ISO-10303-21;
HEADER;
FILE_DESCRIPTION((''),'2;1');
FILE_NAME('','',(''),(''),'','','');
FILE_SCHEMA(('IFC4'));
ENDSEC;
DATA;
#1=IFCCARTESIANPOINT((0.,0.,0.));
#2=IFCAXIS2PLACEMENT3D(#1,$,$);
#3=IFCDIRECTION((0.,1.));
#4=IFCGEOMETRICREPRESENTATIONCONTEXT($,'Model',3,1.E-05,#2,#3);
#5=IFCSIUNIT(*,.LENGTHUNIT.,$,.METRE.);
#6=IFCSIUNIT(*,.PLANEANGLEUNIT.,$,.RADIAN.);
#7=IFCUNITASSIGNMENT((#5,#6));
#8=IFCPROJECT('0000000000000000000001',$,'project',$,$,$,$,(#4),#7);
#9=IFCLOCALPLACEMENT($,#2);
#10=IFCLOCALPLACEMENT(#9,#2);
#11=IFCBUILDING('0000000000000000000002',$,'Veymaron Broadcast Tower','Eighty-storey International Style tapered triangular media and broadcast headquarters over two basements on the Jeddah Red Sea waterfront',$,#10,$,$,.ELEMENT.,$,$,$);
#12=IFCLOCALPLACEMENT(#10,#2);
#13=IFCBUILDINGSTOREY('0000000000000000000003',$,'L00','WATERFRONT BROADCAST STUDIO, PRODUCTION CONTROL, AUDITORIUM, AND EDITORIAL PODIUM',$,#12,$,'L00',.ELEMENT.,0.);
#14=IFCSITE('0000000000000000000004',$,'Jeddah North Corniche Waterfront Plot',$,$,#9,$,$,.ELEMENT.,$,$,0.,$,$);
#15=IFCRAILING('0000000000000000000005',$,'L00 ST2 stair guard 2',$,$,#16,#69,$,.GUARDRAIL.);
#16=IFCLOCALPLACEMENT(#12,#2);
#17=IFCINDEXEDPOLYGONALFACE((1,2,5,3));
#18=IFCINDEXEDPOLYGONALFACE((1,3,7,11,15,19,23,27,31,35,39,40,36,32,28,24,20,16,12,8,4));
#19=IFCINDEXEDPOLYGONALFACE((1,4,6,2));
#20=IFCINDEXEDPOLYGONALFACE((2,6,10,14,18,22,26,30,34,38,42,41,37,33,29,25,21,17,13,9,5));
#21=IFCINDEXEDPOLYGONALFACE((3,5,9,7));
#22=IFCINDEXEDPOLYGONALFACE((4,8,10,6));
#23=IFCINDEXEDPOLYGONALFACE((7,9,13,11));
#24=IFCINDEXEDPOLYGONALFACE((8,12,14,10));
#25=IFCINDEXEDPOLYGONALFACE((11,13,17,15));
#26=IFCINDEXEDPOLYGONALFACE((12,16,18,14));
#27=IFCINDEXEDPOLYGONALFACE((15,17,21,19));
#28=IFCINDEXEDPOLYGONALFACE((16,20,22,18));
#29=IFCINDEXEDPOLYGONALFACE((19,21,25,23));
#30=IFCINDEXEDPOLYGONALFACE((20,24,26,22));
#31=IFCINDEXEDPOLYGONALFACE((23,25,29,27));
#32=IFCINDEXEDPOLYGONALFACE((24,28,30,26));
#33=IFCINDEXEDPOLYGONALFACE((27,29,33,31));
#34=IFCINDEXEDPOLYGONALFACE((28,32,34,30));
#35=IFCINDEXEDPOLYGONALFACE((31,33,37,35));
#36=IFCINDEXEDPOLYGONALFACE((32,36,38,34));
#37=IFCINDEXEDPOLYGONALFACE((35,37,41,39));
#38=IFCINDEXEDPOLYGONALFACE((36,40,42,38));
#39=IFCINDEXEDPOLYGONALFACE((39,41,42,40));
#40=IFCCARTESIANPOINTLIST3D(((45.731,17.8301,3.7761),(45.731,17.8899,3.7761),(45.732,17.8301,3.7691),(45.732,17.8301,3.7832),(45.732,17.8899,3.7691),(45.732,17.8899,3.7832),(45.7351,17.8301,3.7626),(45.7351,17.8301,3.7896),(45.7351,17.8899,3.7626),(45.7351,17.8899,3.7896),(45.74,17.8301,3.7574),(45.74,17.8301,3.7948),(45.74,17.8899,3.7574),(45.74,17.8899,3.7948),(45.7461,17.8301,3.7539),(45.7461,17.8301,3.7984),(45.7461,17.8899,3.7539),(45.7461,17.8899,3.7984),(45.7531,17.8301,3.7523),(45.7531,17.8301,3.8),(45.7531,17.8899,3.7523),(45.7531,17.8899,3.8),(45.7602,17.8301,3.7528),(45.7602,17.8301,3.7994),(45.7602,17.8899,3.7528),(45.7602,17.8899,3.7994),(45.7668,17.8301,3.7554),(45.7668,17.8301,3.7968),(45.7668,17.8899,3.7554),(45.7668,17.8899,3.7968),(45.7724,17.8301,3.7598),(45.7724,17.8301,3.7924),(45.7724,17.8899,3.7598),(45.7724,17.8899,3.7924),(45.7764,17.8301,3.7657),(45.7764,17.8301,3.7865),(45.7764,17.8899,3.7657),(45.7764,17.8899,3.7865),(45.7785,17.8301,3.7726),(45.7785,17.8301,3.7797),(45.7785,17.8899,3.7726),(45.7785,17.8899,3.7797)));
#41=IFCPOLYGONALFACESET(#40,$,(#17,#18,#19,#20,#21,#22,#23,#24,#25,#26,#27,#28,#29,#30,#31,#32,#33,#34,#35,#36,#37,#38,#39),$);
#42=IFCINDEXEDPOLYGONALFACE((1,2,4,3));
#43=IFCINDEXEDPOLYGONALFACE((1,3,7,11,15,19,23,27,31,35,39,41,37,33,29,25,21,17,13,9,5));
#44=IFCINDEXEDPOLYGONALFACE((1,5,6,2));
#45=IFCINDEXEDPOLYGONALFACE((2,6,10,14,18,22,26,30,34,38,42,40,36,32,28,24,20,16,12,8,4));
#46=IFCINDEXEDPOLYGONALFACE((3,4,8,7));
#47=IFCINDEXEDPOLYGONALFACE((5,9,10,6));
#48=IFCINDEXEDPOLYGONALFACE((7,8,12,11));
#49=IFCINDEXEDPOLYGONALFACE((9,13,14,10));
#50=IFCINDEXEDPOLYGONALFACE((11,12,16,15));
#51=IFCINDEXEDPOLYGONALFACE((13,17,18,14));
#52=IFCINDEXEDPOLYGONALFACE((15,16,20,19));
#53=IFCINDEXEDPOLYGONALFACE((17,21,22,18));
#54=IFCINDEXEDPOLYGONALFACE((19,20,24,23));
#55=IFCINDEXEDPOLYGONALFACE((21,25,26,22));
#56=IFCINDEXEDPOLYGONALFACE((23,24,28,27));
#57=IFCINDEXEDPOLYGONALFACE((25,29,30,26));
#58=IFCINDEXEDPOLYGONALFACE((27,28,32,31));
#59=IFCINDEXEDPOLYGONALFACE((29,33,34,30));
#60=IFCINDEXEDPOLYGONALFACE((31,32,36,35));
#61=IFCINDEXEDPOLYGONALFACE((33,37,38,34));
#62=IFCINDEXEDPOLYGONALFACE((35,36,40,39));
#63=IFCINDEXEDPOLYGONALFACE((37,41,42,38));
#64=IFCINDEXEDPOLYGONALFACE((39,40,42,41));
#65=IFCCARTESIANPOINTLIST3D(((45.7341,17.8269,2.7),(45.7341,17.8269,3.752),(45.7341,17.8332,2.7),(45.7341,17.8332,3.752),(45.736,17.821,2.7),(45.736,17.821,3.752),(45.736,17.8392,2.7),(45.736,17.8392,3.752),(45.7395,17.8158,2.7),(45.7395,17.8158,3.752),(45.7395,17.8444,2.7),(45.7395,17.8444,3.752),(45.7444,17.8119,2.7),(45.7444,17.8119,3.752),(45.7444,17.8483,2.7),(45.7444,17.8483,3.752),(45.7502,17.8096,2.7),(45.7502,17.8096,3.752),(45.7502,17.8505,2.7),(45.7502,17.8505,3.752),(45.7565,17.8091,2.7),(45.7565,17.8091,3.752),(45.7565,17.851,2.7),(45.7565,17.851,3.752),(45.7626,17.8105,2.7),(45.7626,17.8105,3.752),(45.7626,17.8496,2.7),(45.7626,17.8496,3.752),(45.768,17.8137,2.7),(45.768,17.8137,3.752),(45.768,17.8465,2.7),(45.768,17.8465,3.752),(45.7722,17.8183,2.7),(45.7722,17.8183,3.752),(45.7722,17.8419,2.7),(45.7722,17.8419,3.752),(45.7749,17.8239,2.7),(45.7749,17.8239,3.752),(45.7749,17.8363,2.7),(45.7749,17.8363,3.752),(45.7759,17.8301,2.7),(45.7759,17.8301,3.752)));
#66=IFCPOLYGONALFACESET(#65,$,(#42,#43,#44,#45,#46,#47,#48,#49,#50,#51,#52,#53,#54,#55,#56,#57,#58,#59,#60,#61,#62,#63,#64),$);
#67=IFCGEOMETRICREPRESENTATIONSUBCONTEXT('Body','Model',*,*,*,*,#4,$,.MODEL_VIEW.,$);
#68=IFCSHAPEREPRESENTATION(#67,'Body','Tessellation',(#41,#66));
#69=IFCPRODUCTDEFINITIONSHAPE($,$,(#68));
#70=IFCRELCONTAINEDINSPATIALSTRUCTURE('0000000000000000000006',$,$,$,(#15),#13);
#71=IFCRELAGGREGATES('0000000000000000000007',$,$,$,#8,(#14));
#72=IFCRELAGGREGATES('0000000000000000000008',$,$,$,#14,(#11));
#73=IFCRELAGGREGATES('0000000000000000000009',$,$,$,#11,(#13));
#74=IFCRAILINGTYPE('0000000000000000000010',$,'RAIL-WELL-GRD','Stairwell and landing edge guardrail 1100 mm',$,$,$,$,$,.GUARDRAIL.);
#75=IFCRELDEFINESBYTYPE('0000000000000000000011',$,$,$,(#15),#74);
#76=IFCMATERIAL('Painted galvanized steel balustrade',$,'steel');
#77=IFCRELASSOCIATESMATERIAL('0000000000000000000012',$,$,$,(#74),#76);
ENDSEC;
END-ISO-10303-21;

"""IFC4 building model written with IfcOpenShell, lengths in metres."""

from ifc_helpers import new_model, si_unit, direction, frame, origin, origin_2d, place, context, subcontext, project, spatial, circle, extrude, material, type_object, element, save


model = new_model("IFC4")

# Units and contexts
model_context = context("Model", 3, precision=1e-05, world=origin(), true_north=direction((0.0, 1.0)))
body_context = subcontext(model_context, "Body", "Model", "MODEL_VIEW")
ifc_project = project(units=[si_unit("LENGTHUNIT", "METRE"), si_unit("PLANEANGLEUNIT", "RADIAN")], contexts=[model_context])

# Site, building, storey
site_placement = place(None, origin())
site = spatial("IfcSite", under=ifc_project, at=site_placement, Name="Jeddah North Corniche Waterfront Plot", CompositionType="ELEMENT", RefElevation=0.0)
building_placement = place(site_placement, origin())
building = spatial("IfcBuilding", under=site, at=building_placement, Name="Veymaron Broadcast Tower", Description="Eighty-storey International Style tapered triangular media and broadcast headquarters over two basements on the Jeddah Red Sea waterfront", CompositionType="ELEMENT")
storey_placement = place(building_placement, origin())
storey = spatial("IfcBuildingStorey", under=building, at=storey_placement, Name="L00", Description="WATERFRONT BROADCAST STUDIO, PRODUCTION CONTROL, AUDITORIUM, AND EDITORIAL PODIUM", LongName="L00", CompositionType="ELEMENT", Elevation=0.0)

# Railing
ifc_material_1 = material(Name="Painted galvanized steel balustrade", Category="steel")
railing_type_1 = type_object("IfcRailingType", Name="RAIL-WELL-GRD", Description="Stairwell and landing edge guardrail 1100 mm", PredefinedType="GUARDRAIL", material=ifc_material_1)
railing_1_placement = place(storey_placement, frame((45.7549, 17.8301, 2.7)))
element("IfcRailing", 1, at=railing_1_placement, inside=storey, type_object=railing_type_1, Name="L00 ST2 stair guard 2", PredefinedType="GUARDRAIL", context=body_context, shape_type="SweptSolid", body=[
    extrude(circle(Radius=0.0239, at=origin_2d()), frame((0.0, 0.0, 1.0762), z_axis=(0.0, 1.0, 0.0), x_axis=(-1.0, 0.0, 0.0)), (0.0, 0.0, 1.0), 0.0598),
    extrude(circle(Radius=0.021, at=origin_2d()), origin(), (0.0, 0.0, 1.0), 1.052),
])

save(model, "model.ifc")
